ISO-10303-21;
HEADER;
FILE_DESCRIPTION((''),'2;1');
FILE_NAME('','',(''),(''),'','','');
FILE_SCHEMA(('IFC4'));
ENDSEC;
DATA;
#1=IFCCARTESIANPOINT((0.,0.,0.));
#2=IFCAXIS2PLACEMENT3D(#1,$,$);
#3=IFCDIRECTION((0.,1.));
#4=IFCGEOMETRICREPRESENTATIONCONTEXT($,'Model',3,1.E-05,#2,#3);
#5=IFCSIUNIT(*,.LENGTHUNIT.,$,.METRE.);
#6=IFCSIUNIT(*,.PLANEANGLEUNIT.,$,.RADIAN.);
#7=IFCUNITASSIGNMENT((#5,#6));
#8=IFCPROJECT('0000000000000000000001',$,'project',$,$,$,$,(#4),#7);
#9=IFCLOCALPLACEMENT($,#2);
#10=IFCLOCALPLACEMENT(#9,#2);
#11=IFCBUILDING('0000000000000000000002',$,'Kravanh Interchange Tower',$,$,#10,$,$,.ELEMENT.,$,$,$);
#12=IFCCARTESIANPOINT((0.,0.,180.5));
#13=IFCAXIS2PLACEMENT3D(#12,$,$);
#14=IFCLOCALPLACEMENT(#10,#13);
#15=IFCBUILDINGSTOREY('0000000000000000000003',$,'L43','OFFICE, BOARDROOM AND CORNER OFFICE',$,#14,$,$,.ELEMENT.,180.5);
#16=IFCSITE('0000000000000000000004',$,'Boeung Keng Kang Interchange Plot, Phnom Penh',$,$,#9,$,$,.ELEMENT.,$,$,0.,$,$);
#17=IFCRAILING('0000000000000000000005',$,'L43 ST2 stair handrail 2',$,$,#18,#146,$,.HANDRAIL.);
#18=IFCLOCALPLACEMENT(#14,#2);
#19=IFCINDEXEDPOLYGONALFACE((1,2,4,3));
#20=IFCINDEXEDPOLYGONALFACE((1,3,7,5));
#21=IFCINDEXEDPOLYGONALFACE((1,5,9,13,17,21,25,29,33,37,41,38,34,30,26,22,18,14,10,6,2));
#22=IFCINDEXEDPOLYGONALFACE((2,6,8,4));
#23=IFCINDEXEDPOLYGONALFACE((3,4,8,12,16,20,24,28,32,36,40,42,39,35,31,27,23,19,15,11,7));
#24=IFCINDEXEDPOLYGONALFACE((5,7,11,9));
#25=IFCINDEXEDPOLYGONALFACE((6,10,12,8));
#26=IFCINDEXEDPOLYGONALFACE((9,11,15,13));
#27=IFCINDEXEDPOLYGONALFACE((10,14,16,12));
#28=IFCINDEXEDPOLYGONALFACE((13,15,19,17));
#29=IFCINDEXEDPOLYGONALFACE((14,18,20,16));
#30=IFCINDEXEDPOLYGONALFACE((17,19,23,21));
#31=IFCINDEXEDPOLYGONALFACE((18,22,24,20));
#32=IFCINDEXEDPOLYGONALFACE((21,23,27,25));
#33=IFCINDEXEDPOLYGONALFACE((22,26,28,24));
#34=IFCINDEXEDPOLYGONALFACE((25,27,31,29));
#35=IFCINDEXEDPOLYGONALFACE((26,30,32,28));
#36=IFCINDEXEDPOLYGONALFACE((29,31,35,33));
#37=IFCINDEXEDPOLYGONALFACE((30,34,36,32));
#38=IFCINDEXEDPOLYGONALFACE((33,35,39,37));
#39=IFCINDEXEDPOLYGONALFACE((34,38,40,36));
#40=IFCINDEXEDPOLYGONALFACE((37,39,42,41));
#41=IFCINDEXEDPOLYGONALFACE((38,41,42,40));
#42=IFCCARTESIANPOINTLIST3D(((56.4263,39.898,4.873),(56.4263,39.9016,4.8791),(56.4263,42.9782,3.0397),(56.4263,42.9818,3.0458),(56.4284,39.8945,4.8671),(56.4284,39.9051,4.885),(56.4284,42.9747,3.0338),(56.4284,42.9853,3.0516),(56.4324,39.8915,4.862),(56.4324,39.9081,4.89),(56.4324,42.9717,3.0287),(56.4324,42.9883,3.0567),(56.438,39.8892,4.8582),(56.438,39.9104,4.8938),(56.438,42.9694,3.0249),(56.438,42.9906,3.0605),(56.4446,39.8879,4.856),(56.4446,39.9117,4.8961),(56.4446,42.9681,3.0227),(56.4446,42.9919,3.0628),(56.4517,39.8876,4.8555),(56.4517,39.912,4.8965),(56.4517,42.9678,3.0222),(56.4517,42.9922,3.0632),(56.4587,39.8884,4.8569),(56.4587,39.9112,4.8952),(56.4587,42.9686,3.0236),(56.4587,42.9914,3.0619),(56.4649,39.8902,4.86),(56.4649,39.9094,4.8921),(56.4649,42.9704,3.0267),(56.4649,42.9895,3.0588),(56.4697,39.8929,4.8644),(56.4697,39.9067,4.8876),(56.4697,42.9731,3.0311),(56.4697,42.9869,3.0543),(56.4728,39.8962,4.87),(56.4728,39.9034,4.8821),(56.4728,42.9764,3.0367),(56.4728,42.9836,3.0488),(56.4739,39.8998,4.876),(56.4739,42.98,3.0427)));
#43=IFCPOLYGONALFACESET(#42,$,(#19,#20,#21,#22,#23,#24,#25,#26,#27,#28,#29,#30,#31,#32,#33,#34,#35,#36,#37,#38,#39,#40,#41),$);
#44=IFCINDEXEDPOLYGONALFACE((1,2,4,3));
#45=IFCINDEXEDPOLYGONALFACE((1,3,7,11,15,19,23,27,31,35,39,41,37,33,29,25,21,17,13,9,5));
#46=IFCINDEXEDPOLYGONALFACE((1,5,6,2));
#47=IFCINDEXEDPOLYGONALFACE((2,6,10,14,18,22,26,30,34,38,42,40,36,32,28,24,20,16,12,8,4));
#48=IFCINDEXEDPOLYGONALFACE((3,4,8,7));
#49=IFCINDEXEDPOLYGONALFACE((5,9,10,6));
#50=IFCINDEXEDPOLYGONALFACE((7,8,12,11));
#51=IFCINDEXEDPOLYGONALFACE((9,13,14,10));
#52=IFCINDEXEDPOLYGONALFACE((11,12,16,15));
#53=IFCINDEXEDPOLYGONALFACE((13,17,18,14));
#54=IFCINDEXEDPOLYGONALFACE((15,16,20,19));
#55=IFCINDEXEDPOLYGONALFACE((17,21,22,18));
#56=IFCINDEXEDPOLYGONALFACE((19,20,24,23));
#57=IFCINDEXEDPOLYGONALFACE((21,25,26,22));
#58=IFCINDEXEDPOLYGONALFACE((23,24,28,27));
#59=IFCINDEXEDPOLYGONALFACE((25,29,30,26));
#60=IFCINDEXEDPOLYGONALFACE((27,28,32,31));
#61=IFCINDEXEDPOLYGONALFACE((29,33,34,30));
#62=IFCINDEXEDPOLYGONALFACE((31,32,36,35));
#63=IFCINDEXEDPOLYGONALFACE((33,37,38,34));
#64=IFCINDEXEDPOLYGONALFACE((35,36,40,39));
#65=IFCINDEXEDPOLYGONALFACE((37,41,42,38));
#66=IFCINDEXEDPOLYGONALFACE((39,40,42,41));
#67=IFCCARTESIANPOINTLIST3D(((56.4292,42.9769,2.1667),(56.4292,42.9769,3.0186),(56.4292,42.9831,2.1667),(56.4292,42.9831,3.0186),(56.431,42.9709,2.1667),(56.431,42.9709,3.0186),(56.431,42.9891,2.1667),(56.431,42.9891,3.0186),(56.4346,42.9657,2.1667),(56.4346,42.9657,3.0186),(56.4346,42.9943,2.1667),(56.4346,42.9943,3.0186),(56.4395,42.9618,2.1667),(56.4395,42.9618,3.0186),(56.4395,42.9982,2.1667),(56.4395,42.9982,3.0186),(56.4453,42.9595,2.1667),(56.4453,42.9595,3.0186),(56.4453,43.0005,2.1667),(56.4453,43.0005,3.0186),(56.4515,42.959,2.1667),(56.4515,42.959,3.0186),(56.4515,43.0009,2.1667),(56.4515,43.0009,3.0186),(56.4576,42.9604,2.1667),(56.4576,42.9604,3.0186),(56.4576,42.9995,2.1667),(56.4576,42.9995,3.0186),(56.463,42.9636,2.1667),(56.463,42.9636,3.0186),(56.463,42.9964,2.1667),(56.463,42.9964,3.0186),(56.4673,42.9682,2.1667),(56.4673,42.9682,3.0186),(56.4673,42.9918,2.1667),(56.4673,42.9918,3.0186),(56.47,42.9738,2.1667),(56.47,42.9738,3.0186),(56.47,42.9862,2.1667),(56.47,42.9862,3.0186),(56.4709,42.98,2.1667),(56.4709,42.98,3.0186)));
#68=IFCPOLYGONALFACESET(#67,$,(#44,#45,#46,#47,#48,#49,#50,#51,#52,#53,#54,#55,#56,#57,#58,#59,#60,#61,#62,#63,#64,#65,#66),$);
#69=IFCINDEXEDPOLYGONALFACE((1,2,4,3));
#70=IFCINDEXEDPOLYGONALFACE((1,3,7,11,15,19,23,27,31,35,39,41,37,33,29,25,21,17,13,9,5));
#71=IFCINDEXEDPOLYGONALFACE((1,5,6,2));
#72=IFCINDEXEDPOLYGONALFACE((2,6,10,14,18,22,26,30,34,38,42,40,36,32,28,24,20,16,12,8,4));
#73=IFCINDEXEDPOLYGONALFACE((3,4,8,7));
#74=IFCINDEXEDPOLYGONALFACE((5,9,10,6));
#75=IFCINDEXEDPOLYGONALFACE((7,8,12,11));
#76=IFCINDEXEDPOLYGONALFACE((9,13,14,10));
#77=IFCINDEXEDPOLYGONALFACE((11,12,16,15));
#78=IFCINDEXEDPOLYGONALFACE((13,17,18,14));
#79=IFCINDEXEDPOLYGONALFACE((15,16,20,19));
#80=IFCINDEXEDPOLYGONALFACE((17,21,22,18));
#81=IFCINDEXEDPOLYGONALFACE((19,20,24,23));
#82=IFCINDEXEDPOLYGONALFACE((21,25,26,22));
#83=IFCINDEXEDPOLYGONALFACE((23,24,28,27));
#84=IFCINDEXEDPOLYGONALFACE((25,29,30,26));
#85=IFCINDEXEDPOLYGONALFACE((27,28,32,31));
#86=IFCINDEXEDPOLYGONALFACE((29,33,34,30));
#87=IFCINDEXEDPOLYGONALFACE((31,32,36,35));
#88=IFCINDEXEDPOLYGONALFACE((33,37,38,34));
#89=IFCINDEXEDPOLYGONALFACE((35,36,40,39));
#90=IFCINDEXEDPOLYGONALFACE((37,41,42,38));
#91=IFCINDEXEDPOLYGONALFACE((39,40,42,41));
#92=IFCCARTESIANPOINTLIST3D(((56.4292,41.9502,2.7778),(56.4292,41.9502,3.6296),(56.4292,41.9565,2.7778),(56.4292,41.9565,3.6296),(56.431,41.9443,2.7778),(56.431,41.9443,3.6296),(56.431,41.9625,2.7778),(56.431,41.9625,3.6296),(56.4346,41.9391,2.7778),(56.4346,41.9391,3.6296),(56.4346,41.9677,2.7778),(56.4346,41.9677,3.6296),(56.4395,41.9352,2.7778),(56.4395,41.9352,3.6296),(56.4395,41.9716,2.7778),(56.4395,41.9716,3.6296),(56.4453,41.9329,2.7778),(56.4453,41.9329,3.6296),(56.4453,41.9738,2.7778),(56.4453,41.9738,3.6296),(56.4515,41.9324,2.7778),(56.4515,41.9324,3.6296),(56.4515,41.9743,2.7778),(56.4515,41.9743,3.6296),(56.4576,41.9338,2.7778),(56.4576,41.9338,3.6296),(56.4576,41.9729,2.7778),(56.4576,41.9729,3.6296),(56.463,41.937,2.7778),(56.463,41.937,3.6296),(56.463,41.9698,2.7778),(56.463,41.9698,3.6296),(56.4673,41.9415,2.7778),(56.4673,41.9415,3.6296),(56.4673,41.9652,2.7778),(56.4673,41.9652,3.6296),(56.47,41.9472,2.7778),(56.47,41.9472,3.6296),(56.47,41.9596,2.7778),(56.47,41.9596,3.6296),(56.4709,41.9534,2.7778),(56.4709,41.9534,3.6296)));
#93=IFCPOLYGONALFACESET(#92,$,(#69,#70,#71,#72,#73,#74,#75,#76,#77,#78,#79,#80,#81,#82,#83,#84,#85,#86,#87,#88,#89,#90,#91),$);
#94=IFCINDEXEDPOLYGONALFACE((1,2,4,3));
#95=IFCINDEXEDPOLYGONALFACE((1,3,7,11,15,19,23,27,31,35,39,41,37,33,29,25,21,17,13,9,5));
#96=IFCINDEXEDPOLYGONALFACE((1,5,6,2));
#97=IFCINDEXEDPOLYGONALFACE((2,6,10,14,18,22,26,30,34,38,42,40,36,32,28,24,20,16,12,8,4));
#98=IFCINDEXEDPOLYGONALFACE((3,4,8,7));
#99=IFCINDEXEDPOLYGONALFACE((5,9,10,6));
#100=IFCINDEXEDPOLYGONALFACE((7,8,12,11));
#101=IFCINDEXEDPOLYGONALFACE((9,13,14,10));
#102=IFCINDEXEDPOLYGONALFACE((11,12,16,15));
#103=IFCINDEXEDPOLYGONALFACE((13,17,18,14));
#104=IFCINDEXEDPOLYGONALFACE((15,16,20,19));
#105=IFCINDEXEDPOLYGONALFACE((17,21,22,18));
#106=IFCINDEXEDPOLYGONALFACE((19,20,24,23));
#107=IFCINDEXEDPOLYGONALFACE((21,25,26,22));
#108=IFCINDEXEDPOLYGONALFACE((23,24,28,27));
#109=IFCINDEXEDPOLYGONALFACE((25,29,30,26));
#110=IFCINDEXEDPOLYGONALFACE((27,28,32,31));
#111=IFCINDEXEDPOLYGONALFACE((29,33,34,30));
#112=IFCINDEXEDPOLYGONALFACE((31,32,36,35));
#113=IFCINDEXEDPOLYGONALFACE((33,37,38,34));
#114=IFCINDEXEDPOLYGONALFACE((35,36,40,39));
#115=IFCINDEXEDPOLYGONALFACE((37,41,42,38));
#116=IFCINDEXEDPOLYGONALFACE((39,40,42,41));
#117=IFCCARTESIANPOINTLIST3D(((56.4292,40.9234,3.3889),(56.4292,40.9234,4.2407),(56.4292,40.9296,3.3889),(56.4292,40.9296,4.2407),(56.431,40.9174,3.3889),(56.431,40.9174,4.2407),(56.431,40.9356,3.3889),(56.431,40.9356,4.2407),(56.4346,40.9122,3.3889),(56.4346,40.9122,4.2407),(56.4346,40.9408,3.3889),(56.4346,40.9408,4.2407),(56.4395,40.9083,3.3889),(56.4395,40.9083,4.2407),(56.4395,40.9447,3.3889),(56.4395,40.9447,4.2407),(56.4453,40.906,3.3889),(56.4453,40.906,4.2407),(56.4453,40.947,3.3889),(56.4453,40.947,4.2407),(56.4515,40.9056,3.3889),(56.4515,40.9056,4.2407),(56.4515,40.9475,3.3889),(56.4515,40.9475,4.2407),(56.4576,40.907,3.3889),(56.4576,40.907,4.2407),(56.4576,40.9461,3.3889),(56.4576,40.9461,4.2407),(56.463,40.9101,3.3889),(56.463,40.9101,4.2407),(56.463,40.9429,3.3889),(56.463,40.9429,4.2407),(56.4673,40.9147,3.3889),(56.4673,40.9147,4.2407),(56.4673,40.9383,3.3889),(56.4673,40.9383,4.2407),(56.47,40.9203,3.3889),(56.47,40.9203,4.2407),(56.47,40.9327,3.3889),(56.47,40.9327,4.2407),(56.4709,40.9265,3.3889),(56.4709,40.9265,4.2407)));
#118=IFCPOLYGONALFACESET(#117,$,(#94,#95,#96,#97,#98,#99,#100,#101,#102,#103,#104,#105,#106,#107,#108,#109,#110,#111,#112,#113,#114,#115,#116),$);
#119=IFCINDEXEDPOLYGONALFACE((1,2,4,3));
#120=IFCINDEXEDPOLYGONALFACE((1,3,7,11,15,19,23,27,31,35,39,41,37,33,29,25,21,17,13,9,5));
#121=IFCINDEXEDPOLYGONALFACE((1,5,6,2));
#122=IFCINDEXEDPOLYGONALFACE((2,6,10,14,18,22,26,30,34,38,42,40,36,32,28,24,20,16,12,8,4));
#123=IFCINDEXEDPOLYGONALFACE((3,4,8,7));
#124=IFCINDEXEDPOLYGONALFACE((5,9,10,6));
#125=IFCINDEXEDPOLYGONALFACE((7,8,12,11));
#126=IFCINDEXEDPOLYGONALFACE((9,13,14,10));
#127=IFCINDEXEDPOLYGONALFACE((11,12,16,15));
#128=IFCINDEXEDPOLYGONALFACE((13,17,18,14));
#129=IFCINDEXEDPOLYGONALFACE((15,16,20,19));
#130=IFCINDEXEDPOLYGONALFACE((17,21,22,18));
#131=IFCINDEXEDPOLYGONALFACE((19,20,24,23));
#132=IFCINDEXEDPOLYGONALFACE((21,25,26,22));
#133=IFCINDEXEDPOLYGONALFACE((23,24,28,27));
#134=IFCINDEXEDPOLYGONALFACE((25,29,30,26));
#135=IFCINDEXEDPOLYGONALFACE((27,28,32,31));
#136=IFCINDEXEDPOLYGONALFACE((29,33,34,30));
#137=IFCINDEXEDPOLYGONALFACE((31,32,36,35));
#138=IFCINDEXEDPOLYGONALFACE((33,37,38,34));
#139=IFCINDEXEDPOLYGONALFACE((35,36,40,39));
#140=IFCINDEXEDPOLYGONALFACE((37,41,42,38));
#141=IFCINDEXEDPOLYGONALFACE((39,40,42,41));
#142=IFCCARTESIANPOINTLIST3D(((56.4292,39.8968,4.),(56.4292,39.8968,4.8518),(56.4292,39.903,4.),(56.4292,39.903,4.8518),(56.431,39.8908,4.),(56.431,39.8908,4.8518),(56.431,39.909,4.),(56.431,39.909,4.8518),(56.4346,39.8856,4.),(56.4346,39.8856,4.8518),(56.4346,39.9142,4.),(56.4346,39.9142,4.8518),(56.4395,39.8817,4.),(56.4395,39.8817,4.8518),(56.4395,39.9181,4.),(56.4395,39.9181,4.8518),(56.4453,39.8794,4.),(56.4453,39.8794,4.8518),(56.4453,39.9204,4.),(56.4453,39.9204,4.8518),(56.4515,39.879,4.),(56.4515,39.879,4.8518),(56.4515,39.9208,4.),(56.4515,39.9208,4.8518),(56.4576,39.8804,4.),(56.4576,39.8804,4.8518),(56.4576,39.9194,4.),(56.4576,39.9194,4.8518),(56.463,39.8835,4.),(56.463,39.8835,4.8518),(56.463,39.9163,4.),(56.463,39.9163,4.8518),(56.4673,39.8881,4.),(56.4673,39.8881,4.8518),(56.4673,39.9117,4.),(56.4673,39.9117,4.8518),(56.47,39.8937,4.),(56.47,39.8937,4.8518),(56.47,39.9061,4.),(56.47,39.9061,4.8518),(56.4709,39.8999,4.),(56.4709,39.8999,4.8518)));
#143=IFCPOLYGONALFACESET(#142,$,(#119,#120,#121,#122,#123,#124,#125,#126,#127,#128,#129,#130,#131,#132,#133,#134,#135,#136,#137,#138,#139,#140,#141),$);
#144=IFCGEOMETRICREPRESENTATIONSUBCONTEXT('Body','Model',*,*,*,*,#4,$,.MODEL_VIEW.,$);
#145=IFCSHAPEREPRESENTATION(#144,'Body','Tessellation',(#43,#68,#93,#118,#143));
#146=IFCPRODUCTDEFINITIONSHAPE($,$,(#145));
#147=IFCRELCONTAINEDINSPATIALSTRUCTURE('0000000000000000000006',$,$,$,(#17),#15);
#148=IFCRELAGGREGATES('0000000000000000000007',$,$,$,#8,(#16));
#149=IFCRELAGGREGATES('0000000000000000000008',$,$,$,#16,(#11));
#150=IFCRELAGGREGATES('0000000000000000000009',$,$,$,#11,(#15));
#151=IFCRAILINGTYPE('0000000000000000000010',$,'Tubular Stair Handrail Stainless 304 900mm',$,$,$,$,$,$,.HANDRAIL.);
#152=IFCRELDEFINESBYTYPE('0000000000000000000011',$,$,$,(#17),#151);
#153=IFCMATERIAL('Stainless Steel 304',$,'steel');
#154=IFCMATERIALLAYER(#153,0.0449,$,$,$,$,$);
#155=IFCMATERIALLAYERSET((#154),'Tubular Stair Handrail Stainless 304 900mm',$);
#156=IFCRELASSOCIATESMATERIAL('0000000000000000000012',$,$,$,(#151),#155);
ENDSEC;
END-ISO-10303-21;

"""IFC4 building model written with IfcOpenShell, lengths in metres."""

from ifc_helpers import new_model, si_unit, direction, frame, origin, origin_2d, place, context, subcontext, project, spatial, circle, extrude, material, layer, layer_set, type_object, element, save


model = new_model("IFC4")

# Units and contexts
model_context = context("Model", 3, precision=1e-05, world=origin(), true_north=direction((0.0, 1.0)))
body_context = subcontext(model_context, "Body", "Model", "MODEL_VIEW")
ifc_project = project(units=[si_unit("LENGTHUNIT", "METRE"), si_unit("PLANEANGLEUNIT", "RADIAN")], contexts=[model_context])

# Site, building, storey
site_placement = place(None, origin())
site = spatial("IfcSite", under=ifc_project, at=site_placement, Name="Boeung Keng Kang Interchange Plot, Phnom Penh", CompositionType="ELEMENT", RefElevation=0.0)
building_placement = place(site_placement, origin())
building = spatial("IfcBuilding", under=site, at=building_placement, Name="Kravanh Interchange Tower", CompositionType="ELEMENT")
storey_placement = place(building_placement, frame((0.0, 0.0, 180.5)))
storey = spatial("IfcBuildingStorey", under=building, at=storey_placement, Name="L43", Description="OFFICE, BOARDROOM AND CORNER OFFICE", CompositionType="ELEMENT", Elevation=180.5)

# Railing
ifc_material_1 = material(Name="Stainless Steel 304", Category="steel")
ifc_layer_1 = layer(ifc_material_1, 0.0449)
ifc_layer_set_1 = layer_set([ifc_layer_1], Name="Tubular Stair Handrail Stainless 304 900mm")
railing_type_1 = type_object("IfcRailingType", Name="Tubular Stair Handrail Stainless 304 900mm", PredefinedType="HANDRAIL", material=ifc_layer_set_1)
railing_1_placement = place(storey_placement, frame((56.45, 42.98, 2.1667)))
element("IfcRailing", 1, at=railing_1_placement, inside=storey, type_object=railing_type_1, Name="L43 ST2 stair handrail 2", PredefinedType="HANDRAIL", context=body_context, shape_type="SweptSolid", body=[
    extrude(circle(Radius=0.0239, at=origin_2d()), frame((0.0, 0.0, 0.876), z_axis=(0.0, -0.859309, 0.511458), x_axis=(1.0, 0.0, 0.0)), (0.0, 0.0, 1.0), 3.5845),
    extrude(circle(Radius=0.021, at=origin_2d()), origin(), (0.0, 0.0, 1.0), 0.8518),
    extrude(circle(Radius=0.021, at=origin_2d()), frame((0.0, -1.0266, 0.6111)), (0.0, 0.0, 1.0), 0.8518),
    extrude(circle(Radius=0.021, at=origin_2d()), frame((0.0, -2.0535, 1.2222)), (0.0, 0.0, 1.0), 0.8518),
    extrude(circle(Radius=0.021, at=origin_2d()), frame((0.0, -3.0801, 1.8333)), (0.0, 0.0, 1.0), 0.8518),
])

save(model, "model.ifc")
